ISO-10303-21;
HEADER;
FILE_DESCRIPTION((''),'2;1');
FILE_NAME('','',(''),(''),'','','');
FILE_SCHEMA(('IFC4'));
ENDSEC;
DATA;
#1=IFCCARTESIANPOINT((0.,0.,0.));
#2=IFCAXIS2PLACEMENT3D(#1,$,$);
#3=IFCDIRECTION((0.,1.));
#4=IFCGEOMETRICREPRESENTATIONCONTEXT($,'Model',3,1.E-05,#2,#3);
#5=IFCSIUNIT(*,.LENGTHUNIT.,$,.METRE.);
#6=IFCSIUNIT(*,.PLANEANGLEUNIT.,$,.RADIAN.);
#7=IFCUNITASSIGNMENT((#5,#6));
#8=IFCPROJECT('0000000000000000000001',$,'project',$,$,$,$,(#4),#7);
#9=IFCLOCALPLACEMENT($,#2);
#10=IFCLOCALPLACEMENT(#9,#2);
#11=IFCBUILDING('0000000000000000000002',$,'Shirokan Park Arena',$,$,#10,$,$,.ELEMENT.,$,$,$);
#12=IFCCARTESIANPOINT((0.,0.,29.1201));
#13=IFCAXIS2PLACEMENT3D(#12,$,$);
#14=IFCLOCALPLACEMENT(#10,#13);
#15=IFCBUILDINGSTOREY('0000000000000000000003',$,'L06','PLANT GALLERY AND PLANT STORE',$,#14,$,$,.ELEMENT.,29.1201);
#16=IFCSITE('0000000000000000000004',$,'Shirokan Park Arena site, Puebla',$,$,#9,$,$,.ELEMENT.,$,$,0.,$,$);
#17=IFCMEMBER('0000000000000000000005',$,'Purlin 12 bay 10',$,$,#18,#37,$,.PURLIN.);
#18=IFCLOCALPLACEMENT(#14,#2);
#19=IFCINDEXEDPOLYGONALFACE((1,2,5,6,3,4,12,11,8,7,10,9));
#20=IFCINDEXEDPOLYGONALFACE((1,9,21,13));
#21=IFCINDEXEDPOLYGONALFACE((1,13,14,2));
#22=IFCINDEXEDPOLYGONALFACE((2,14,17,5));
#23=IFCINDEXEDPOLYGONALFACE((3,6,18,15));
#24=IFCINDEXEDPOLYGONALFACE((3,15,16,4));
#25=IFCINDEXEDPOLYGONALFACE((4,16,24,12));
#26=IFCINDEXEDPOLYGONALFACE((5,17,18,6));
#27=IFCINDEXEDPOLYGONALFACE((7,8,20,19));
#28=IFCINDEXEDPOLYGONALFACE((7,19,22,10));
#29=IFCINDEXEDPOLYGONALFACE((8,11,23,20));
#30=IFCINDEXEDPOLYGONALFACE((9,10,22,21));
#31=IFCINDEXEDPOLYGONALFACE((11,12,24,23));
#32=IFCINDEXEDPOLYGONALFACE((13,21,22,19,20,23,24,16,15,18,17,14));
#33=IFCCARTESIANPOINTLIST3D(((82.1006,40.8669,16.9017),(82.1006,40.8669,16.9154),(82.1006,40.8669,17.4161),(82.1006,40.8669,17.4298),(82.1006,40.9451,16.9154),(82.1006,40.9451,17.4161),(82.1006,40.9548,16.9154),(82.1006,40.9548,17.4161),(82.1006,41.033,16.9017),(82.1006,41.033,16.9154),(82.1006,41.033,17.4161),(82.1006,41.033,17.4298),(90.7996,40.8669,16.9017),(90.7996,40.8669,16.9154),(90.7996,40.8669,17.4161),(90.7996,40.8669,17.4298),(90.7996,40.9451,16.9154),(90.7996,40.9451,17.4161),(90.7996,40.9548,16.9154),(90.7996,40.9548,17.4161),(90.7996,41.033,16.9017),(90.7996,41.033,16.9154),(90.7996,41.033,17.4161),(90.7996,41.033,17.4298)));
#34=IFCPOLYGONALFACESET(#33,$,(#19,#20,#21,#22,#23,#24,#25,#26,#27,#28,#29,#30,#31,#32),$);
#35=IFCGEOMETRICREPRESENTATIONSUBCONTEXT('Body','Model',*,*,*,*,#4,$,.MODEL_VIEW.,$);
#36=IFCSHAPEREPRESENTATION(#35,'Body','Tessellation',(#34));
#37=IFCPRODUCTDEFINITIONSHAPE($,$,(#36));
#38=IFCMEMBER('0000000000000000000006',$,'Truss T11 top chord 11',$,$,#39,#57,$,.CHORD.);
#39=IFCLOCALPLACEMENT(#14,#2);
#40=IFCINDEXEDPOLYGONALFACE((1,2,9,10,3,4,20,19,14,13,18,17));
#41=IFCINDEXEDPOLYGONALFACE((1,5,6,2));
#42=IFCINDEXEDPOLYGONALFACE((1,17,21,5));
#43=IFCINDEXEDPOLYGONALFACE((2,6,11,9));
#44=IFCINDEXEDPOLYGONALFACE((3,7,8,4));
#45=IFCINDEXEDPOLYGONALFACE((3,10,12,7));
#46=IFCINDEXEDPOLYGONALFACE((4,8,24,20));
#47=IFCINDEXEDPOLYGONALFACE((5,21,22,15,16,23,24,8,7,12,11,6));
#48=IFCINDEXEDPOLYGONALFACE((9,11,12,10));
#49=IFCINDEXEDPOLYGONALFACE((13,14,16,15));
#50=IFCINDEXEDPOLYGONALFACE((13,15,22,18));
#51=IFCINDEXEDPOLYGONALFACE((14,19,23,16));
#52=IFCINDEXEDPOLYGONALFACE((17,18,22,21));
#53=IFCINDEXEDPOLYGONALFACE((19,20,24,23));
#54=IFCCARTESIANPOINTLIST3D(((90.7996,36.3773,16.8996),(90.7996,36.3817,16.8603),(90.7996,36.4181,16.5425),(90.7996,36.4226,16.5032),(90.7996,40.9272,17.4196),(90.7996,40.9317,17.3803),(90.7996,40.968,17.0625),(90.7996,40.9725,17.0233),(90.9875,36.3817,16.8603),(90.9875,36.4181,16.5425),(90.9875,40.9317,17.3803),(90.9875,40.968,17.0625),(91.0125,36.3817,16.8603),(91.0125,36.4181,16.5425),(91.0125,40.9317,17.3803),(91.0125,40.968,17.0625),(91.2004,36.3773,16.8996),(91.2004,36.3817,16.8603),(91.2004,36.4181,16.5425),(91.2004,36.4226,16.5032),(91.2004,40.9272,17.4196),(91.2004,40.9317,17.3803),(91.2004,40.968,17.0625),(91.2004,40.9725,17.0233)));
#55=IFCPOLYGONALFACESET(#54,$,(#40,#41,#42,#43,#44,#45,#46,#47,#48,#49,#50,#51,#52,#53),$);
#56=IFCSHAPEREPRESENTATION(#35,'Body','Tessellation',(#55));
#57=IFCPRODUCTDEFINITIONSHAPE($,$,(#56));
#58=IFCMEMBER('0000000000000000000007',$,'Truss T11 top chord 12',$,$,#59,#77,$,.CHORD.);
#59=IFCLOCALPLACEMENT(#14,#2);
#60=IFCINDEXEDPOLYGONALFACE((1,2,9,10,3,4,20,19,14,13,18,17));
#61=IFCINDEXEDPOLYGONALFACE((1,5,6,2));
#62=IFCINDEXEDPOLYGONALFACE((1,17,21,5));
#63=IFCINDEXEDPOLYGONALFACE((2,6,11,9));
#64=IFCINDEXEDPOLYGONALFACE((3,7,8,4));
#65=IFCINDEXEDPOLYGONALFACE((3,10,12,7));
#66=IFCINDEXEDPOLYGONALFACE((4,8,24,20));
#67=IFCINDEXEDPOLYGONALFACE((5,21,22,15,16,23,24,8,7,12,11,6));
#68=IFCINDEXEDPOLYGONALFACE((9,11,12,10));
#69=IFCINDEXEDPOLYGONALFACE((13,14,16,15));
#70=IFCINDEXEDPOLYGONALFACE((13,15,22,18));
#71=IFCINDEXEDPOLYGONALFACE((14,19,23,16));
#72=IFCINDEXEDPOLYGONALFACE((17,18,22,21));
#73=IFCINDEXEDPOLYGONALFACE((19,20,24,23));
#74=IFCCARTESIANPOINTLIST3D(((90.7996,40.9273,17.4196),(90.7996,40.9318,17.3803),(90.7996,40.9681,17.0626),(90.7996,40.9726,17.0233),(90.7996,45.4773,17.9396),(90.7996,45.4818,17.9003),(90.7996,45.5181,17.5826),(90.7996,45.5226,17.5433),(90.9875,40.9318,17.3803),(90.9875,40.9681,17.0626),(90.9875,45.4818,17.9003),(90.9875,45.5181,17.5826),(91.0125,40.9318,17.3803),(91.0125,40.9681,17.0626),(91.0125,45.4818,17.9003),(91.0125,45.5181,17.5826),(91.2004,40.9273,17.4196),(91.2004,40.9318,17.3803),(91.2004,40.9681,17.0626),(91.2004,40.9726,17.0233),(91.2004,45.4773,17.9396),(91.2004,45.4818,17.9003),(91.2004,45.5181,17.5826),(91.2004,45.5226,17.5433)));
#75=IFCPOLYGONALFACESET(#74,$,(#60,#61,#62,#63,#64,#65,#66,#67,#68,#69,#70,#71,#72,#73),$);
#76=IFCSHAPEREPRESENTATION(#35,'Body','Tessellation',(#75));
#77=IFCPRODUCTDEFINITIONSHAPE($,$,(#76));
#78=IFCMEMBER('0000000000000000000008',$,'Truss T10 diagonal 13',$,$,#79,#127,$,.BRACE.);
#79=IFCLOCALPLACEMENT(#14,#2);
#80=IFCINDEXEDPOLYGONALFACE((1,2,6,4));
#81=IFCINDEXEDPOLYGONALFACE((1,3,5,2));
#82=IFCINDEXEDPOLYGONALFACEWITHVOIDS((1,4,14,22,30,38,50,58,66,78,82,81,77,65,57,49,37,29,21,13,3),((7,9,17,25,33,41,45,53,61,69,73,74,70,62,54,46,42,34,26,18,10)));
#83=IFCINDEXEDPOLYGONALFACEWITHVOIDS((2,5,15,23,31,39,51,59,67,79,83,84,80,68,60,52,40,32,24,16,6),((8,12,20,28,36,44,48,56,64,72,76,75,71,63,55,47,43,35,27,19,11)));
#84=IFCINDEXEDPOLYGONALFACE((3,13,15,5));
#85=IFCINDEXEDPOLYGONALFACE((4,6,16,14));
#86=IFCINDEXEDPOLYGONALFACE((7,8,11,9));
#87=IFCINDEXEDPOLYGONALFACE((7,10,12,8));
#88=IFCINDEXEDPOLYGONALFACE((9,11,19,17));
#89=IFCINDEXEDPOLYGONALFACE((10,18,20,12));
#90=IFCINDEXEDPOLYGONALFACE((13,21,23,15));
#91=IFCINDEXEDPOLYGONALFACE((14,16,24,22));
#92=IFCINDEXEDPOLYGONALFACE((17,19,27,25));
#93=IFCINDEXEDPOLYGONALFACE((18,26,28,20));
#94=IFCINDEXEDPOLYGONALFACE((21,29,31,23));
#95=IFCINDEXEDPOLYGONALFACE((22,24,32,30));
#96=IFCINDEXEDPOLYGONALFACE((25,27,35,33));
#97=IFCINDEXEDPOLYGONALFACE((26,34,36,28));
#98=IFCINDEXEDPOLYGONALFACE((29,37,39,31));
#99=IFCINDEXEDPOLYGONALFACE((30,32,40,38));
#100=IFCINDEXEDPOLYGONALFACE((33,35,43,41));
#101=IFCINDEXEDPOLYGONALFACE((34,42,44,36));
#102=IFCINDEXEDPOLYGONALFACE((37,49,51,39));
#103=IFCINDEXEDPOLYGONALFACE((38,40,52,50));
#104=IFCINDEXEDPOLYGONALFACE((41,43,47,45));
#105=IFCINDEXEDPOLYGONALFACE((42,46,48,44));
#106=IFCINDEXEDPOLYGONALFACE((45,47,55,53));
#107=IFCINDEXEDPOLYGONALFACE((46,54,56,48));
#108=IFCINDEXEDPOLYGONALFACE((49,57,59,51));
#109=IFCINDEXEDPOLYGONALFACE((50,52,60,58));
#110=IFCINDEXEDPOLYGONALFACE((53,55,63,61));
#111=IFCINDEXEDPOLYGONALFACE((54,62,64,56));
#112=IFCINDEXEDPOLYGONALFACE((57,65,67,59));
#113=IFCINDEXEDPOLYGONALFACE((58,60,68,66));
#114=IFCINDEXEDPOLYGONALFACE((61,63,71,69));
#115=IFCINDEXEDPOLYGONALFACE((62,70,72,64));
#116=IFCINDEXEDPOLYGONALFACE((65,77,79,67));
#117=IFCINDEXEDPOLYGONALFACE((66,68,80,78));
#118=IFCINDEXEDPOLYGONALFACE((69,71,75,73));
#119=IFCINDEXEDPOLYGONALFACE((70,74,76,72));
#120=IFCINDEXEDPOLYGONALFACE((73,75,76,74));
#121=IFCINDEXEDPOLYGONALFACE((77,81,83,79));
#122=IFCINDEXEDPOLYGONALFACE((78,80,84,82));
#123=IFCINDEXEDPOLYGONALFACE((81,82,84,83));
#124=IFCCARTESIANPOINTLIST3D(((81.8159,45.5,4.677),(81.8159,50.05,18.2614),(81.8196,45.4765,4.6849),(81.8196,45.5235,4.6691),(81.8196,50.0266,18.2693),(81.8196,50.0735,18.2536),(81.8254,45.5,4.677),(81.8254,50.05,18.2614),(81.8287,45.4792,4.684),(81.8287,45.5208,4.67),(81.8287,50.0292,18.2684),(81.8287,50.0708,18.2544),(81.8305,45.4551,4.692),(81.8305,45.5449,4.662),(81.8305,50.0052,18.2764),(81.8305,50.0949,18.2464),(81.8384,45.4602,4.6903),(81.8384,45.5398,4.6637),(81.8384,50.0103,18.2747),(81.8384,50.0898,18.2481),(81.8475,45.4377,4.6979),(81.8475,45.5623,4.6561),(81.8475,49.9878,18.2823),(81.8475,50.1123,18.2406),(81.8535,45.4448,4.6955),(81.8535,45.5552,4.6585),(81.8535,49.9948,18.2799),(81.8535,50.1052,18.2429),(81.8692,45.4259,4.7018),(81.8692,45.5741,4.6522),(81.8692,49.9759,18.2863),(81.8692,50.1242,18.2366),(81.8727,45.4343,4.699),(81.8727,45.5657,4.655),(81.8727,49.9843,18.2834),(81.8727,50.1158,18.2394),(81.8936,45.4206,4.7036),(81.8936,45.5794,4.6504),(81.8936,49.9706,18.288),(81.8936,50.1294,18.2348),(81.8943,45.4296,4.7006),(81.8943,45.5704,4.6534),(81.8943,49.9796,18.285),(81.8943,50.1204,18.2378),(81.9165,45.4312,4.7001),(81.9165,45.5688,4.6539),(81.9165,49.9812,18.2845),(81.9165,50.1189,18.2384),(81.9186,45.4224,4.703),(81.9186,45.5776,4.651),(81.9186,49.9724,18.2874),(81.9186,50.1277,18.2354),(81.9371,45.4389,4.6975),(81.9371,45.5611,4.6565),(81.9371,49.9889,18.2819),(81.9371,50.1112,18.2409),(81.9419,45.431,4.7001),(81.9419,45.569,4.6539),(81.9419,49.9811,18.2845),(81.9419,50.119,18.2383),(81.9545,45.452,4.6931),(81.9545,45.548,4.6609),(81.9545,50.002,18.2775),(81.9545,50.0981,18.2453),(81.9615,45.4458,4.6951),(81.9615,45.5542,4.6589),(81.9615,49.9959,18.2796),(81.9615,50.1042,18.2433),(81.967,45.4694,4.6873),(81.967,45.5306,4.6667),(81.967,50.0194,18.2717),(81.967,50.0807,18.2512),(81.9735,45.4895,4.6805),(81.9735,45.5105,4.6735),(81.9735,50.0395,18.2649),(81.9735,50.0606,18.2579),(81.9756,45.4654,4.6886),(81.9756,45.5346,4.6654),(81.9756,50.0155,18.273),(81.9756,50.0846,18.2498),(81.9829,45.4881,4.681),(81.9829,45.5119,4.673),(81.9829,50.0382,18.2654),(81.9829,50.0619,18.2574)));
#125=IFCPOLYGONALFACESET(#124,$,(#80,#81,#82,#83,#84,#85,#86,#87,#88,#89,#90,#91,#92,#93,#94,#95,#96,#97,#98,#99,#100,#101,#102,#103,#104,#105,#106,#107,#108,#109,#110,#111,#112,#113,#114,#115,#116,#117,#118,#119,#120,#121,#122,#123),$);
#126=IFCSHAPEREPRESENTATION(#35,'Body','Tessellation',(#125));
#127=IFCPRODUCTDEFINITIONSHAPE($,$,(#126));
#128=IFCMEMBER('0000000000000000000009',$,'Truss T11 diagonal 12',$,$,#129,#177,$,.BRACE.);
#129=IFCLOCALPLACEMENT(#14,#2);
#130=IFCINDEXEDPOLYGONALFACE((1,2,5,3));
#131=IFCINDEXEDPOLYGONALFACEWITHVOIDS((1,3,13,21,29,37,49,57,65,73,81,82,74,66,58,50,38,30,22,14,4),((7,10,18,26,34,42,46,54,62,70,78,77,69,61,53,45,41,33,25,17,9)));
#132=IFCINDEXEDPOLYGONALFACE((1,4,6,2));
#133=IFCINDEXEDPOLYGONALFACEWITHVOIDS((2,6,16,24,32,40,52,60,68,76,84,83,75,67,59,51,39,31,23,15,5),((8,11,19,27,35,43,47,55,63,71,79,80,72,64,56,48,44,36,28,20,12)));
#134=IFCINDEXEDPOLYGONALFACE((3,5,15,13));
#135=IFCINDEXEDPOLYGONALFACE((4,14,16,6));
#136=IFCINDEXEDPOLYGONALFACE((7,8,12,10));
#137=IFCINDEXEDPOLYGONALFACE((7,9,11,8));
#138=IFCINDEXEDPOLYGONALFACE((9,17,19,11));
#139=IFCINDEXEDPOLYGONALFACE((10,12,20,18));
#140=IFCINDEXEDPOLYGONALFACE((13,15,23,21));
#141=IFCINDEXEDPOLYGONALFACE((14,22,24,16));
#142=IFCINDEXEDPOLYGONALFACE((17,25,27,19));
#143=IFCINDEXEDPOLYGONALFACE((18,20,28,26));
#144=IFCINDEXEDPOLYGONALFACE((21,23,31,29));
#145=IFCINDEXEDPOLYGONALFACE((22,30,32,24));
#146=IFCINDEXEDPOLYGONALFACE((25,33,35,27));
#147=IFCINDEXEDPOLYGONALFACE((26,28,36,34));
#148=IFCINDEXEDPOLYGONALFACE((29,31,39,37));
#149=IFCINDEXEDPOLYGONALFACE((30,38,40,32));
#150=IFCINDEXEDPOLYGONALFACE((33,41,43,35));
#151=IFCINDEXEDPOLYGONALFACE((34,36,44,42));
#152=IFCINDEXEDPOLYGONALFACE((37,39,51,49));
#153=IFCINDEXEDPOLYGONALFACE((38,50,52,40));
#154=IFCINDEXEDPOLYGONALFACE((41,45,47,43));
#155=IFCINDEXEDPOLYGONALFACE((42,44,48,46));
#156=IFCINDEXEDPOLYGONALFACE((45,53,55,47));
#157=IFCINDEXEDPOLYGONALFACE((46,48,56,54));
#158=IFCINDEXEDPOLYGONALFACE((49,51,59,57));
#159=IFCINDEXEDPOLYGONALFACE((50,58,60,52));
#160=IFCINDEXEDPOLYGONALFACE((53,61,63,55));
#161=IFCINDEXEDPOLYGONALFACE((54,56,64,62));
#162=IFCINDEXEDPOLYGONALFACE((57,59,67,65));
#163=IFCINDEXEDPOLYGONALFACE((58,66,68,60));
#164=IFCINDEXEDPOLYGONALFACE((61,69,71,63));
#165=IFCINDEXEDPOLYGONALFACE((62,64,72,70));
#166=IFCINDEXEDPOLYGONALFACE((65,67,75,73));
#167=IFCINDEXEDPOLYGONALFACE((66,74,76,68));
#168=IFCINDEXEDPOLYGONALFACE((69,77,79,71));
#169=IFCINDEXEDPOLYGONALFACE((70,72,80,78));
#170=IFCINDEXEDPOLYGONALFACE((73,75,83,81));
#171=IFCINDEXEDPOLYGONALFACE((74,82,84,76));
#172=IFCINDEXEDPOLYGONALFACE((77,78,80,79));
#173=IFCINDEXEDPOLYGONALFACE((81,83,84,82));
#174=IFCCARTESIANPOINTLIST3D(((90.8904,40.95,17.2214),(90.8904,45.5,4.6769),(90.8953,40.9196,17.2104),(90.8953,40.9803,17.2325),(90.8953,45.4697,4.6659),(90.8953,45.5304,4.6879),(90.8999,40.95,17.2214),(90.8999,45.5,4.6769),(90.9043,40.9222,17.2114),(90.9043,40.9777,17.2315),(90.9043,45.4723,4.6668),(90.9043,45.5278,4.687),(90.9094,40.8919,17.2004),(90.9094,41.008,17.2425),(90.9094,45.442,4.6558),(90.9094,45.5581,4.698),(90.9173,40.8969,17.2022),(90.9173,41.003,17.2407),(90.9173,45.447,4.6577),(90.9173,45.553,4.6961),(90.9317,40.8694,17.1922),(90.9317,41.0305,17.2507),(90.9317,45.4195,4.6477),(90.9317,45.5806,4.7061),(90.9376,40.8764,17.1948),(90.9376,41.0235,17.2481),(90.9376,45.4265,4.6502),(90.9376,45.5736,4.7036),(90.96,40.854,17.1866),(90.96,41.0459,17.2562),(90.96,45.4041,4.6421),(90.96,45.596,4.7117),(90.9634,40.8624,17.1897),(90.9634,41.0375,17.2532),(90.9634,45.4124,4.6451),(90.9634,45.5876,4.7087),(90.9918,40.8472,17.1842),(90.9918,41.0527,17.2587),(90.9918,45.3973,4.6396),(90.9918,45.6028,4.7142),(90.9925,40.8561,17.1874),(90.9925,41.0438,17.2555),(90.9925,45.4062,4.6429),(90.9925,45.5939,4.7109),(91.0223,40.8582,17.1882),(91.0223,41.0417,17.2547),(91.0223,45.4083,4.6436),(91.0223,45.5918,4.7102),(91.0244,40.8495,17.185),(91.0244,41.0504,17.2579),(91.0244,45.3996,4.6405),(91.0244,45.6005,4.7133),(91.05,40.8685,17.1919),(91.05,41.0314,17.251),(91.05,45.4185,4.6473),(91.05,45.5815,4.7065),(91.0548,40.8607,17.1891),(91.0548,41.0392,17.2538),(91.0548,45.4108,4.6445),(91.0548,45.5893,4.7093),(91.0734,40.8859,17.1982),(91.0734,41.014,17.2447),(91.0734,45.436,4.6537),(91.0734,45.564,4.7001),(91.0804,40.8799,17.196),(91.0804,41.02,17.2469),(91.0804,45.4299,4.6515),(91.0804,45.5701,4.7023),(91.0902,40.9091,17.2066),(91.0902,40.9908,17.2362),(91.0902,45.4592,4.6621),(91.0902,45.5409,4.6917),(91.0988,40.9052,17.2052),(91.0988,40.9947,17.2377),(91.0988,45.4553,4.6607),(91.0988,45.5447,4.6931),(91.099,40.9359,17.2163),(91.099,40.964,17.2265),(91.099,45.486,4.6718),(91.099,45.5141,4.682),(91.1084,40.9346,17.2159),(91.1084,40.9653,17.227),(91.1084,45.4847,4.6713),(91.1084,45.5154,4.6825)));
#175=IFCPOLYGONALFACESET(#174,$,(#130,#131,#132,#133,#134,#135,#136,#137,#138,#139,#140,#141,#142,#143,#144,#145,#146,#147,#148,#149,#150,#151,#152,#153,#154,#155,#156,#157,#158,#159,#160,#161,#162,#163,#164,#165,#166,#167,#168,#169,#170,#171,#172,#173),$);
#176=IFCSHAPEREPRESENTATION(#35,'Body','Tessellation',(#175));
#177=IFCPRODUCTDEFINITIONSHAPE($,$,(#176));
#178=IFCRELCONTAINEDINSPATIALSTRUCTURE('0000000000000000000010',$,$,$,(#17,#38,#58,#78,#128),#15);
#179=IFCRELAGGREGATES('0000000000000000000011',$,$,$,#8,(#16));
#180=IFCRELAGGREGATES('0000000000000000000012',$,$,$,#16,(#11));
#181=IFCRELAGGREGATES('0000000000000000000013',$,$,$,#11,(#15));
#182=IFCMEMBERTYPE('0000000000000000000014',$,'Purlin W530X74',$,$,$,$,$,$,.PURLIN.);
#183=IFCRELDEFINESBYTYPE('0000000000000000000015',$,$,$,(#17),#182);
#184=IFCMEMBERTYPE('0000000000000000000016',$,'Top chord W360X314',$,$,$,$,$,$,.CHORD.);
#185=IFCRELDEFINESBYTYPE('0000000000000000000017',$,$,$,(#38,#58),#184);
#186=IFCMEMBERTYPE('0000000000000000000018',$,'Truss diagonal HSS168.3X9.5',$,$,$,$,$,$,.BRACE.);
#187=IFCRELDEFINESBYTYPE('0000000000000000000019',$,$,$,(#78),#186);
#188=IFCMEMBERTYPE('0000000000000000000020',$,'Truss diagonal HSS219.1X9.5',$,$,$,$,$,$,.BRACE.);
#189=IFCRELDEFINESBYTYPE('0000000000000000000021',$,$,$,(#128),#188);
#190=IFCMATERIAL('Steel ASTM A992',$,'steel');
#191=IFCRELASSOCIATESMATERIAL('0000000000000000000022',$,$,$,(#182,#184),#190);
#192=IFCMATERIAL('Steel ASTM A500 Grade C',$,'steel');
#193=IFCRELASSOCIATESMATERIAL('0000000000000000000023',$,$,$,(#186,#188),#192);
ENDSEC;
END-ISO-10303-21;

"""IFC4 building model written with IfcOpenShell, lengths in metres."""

from ifc_helpers import new_model, si_unit, direction, frame, origin, origin_2d, place, context, subcontext, project, spatial, hollow_circle, i_section, extrude, material, material_profile, profile_set, type_object, element, save


model = new_model("IFC4")

# Units and contexts
model_context = context("Model", 3, precision=1e-05, world=origin(), true_north=direction((0.0, 1.0)))
body_context = subcontext(model_context, "Body", "Model", "MODEL_VIEW")
ifc_project = project(units=[si_unit("LENGTHUNIT", "METRE"), si_unit("PLANEANGLEUNIT", "RADIAN")], contexts=[model_context])

# Site, building, storey
site_placement = place(None, origin())
site = spatial("IfcSite", under=ifc_project, at=site_placement, Name="Shirokan Park Arena site, Puebla", CompositionType="ELEMENT", RefElevation=0.0)
building_placement = place(site_placement, origin())
building = spatial("IfcBuilding", under=site, at=building_placement, Name="Shirokan Park Arena", CompositionType="ELEMENT")
storey_placement = place(building_placement, frame((0.0, 0.0, 29.1201)))
storey = spatial("IfcBuildingStorey", under=building, at=storey_placement, Name="L06", Description="PLANT GALLERY AND PLANT STORE", CompositionType="ELEMENT", Elevation=29.1201)

# Members
ifc_material_1 = material(Name="Steel ASTM A992", Category="steel")
ifc_material_2 = material(Name="Steel ASTM A500 Grade C", Category="steel")
ifc_material_profile_1 = material_profile(ifc_material_1, i_section(OverallWidth=0.166, OverallDepth=0.5281, WebThickness=0.0098, FlangeThickness=0.0137, at=origin_2d()), Name="W530X74")
ifc_profile_set_1 = profile_set([ifc_material_profile_1], Name="Steel ASTM A992")
member_type_1 = type_object("IfcMemberType", Name="Purlin W530X74", PredefinedType="PURLIN", material=ifc_profile_set_1)
for number, where, z_axis, x_axis, name in (
    (1, (82.1006, 40.95, 17.1658), (1.0, 0.0, 0.0), (0.0, 1.0, 0.0), "Purlin 12 bay 10"),
):
    element("IfcMember", number, at=place(storey_placement, frame(where, z_axis=z_axis, x_axis=x_axis)), inside=storey, type_object=member_type_1, Name=name, PredefinedType="PURLIN", context=body_context, shape_type="SweptSolid", body=[
        extrude(i_section(OverallWidth=0.166, OverallDepth=0.5281, WebThickness=0.0098, FlangeThickness=0.0137, at=origin_2d()), origin(), (0.0, 0.0, 1.0), 8.699),
    ])
ifc_material_profile_2 = material_profile(ifc_material_1, i_section(OverallWidth=0.4009, OverallDepth=0.3989, WebThickness=0.0249, FlangeThickness=0.0396, at=origin_2d()), Name="W360X314")
ifc_profile_set_2 = profile_set([ifc_material_profile_2], Name="Steel ASTM A992")
member_type_2 = type_object("IfcMemberType", Name="Top chord W360X314", PredefinedType="CHORD", material=ifc_profile_set_2)
for number, where, z_axis, x_axis, name in (
    (2, (91.0, 36.3999, 16.7014), (0.0, 0.993532, 0.11355), (-1.0, 0.0, 0.0), "Truss T11 top chord 11"),
    (3, (91.0, 40.95, 17.2214), (0.0, 0.993532, 0.11355), (-1.0, 0.0, 0.0), "Truss T11 top chord 12"),
):
    element("IfcMember", number, at=place(storey_placement, frame(where, z_axis=z_axis, x_axis=x_axis)), inside=storey, type_object=member_type_2, Name=name, PredefinedType="CHORD", context=body_context, shape_type="SweptSolid", body=[
        extrude(i_section(OverallWidth=0.4009, OverallDepth=0.3989, WebThickness=0.0249, FlangeThickness=0.0396, at=origin_2d()), origin(), (0.0, 0.0, 1.0), 4.5796),
    ])
ifc_material_profile_3 = material_profile(ifc_material_2, hollow_circle(Radius=0.084, WallThickness=0.0095, at=origin_2d()), Name="HSS168.3X9.5")
ifc_profile_set_3 = profile_set([ifc_material_profile_3], Name="Steel ASTM A500 Grade C")
member_type_3 = type_object("IfcMemberType", Name="Truss diagonal HSS168.3X9.5", PredefinedType="BRACE", material=ifc_profile_set_3)
member_1_placement = place(storey_placement, frame((81.8999, 45.5, 4.677), z_axis=(0.0, 0.317603, 0.948224), x_axis=(-1.0, 0.0, 0.0)))
element("IfcMember", 4, at=member_1_placement, inside=storey, type_object=member_type_3, Name="Truss T10 diagonal 13", PredefinedType="BRACE", context=body_context, shape_type="SweptSolid", body=[
    extrude(hollow_circle(Radius=0.084, WallThickness=0.0095, at=origin_2d()), origin(), (0.0, 0.0, 1.0), 14.3262),
])
ifc_material_profile_4 = material_profile(ifc_material_2, hollow_circle(Radius=0.1096, WallThickness=0.0095, at=origin_2d()), Name="HSS219.1X9.5")
ifc_profile_set_4 = profile_set([ifc_material_profile_4], Name="Steel ASTM A500 Grade C")
member_type_4 = type_object("IfcMemberType", Name="Truss diagonal HSS219.1X9.5", PredefinedType="BRACE", material=ifc_profile_set_4)
member_2_placement = place(storey_placement, frame((91.0, 40.95, 17.2214), z_axis=(0.0, 0.340978, -0.940071), x_axis=(-1.0, 0.0, 0.0)))
element("IfcMember", 5, at=member_2_placement, inside=storey, type_object=member_type_4, Name="Truss T11 diagonal 12", PredefinedType="BRACE", context=body_context, shape_type="SweptSolid", body=[
    extrude(hollow_circle(Radius=0.1096, WallThickness=0.0095, at=origin_2d()), origin(), (0.0, 0.0, 1.0), 13.3442),
])

save(model, "model.ifc")
